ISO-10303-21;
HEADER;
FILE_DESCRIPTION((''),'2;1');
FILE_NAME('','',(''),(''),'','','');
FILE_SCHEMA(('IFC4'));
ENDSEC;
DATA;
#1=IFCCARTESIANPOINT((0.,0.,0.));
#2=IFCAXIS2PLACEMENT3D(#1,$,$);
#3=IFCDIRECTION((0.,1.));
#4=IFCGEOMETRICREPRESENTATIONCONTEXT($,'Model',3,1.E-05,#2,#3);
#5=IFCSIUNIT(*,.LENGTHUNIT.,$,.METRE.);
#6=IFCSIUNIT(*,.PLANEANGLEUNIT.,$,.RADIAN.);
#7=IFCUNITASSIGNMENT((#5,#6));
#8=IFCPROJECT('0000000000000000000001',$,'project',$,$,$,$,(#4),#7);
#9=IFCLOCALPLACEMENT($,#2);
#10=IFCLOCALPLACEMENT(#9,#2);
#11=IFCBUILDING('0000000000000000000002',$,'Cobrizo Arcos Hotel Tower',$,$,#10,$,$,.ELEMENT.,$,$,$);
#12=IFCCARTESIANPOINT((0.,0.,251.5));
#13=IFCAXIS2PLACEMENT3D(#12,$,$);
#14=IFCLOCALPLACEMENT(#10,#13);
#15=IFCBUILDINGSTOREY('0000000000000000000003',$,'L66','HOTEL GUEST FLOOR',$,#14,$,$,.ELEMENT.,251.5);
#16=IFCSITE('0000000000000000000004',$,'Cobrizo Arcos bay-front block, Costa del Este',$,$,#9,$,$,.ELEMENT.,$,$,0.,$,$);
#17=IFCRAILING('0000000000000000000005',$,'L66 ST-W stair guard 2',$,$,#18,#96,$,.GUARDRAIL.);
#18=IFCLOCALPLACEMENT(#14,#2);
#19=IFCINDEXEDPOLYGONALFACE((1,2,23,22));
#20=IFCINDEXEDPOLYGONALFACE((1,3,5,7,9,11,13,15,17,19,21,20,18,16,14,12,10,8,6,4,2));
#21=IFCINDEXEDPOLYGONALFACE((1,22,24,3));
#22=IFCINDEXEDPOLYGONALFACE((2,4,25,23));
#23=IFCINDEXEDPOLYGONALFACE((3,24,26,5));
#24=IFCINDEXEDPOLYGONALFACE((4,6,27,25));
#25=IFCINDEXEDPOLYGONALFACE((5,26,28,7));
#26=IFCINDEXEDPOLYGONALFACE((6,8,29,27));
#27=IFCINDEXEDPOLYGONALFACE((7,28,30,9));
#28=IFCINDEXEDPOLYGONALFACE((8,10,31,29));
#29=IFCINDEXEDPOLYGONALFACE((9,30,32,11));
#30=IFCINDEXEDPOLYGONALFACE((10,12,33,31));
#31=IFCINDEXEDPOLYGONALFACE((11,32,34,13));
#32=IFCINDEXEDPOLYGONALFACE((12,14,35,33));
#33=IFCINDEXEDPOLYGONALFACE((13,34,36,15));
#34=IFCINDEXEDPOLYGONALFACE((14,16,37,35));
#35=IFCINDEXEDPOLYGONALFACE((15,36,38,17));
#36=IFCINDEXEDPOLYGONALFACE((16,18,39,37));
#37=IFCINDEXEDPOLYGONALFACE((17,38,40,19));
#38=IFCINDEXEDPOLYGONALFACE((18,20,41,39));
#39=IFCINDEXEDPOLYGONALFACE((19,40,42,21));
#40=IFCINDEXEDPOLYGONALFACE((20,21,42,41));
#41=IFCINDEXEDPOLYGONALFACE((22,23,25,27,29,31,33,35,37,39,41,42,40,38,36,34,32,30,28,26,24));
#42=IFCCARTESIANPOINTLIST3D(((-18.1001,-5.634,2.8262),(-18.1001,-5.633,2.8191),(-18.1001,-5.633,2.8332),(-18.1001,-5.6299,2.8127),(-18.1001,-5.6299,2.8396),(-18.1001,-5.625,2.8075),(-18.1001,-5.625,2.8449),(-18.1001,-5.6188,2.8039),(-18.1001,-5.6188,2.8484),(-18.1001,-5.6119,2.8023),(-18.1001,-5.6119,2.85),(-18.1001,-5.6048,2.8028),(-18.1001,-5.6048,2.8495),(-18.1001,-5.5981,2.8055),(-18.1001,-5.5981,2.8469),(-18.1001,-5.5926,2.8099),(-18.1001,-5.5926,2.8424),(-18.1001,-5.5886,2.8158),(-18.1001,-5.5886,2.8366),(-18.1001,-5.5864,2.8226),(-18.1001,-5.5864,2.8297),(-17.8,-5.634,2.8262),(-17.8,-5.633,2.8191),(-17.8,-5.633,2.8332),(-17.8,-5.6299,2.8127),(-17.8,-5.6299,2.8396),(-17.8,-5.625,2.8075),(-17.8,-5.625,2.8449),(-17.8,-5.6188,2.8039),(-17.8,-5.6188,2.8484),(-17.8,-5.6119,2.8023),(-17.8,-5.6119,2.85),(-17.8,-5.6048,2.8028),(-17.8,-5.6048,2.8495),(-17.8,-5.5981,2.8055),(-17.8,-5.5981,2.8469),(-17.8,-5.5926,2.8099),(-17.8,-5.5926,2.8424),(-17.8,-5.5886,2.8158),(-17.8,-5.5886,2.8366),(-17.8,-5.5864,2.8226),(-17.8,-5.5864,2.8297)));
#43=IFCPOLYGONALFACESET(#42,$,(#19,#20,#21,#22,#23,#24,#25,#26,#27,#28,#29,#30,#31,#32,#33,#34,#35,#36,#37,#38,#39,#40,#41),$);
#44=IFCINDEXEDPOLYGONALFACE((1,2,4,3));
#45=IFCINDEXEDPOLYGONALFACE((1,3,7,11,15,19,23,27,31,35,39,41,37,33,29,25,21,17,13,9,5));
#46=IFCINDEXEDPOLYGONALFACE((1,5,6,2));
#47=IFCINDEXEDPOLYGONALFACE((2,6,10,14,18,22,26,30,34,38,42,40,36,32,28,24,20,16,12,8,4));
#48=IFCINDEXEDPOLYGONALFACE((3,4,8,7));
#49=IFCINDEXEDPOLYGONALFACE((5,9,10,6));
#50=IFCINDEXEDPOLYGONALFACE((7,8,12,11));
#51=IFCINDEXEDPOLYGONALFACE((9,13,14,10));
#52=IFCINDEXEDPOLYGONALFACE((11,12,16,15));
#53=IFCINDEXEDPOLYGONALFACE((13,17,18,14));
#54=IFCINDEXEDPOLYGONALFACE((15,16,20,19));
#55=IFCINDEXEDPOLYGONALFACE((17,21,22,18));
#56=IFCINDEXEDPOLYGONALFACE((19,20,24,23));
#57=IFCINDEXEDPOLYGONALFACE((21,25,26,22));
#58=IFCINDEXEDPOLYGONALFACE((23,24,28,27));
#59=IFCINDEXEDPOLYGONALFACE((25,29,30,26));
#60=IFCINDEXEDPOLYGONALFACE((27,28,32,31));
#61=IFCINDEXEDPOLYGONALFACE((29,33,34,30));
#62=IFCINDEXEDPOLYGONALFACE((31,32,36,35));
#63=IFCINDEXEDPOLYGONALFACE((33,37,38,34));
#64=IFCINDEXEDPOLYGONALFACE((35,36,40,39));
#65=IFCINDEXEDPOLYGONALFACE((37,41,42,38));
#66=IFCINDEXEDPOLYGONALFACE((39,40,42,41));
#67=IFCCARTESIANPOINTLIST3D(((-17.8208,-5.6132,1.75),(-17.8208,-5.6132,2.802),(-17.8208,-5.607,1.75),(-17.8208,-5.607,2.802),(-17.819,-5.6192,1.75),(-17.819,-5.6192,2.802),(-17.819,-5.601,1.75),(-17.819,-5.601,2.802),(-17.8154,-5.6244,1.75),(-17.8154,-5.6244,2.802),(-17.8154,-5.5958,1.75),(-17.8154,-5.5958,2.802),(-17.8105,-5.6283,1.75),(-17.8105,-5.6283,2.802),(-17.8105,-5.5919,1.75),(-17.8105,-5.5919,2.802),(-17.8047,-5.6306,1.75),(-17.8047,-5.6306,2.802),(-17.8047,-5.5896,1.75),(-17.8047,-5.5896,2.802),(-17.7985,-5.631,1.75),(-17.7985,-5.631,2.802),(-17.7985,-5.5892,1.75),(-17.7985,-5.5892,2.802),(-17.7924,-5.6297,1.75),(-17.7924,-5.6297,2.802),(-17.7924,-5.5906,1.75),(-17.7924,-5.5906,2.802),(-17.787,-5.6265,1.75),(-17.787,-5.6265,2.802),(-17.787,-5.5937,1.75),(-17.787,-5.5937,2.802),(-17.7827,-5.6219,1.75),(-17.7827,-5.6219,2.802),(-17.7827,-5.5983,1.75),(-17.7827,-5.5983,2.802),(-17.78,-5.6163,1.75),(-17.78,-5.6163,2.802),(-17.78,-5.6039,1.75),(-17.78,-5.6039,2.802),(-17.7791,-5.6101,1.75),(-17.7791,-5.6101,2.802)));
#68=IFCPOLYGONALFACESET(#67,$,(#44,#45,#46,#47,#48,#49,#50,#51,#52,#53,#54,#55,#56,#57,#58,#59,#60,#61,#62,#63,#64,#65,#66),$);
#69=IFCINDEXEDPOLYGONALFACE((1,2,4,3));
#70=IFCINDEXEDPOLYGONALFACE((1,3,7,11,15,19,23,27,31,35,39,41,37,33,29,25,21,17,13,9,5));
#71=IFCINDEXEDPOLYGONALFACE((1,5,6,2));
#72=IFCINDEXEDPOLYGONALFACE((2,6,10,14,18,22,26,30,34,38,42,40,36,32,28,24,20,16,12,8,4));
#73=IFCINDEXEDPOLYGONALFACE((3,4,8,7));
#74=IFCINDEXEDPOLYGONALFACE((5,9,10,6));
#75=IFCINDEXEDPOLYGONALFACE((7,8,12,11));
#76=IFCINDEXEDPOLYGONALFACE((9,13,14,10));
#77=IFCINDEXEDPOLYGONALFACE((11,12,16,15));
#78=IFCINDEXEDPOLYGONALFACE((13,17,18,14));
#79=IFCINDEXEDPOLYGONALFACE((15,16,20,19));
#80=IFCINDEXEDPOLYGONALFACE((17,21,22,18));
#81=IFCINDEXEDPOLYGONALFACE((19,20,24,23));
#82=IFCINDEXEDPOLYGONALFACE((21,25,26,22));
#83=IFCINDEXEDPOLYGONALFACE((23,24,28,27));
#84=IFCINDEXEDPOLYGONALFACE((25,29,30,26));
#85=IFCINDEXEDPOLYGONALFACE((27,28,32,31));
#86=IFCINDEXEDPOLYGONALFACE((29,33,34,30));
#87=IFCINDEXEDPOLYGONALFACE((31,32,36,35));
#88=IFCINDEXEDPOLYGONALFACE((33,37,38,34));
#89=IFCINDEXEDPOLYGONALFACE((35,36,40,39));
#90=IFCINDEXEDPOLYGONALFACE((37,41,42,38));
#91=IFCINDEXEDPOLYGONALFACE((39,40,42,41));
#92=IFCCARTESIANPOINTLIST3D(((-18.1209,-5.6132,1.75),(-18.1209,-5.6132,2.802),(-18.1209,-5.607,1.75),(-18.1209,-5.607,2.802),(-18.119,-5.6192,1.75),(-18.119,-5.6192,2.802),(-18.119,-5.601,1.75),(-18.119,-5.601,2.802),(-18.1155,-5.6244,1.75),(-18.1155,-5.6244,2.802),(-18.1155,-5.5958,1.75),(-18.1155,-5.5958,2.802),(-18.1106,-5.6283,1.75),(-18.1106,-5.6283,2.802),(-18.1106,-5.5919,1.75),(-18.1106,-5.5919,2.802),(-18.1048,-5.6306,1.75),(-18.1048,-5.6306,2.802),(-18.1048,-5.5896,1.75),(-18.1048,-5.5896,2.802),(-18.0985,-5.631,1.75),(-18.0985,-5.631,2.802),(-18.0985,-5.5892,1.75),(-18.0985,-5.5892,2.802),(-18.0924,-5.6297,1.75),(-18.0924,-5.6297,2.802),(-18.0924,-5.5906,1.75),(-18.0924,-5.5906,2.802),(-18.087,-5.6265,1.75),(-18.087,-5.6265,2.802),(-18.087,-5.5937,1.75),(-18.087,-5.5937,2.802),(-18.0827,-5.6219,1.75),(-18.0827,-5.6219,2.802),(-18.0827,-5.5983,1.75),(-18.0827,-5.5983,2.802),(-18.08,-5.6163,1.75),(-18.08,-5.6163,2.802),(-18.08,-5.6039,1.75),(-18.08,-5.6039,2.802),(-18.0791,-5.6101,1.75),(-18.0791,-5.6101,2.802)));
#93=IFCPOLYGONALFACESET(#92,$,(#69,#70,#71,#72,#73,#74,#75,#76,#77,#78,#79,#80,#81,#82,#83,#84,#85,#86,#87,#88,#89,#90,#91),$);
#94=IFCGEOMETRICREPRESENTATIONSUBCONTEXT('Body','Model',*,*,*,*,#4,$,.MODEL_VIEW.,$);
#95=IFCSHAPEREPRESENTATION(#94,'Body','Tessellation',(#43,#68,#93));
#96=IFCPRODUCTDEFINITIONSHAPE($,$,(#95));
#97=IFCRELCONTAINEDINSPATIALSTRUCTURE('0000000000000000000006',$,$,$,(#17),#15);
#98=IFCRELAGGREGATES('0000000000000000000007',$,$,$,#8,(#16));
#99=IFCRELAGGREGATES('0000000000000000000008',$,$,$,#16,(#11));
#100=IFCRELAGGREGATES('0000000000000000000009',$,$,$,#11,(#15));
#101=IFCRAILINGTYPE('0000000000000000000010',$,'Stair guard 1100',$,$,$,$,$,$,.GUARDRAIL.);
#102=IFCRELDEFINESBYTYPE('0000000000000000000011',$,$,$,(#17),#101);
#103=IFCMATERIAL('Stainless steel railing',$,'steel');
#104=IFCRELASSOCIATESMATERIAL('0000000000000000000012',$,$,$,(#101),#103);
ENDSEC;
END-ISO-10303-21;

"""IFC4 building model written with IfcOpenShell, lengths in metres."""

from ifc_helpers import new_model, si_unit, direction, frame, origin, origin_2d, place, context, subcontext, project, spatial, circle, extrude, material, type_object, element, save


model = new_model("IFC4")

# Units and contexts
model_context = context("Model", 3, precision=1e-05, world=origin(), true_north=direction((0.0, 1.0)))
body_context = subcontext(model_context, "Body", "Model", "MODEL_VIEW")
ifc_project = project(units=[si_unit("LENGTHUNIT", "METRE"), si_unit("PLANEANGLEUNIT", "RADIAN")], contexts=[model_context])

# Site, building, storey
site_placement = place(None, origin())
site = spatial("IfcSite", under=ifc_project, at=site_placement, Name="Cobrizo Arcos bay-front block, Costa del Este", CompositionType="ELEMENT", RefElevation=0.0)
building_placement = place(site_placement, origin())
building = spatial("IfcBuilding", under=site, at=building_placement, Name="Cobrizo Arcos Hotel Tower", CompositionType="ELEMENT")
storey_placement = place(building_placement, frame((0.0, 0.0, 251.5)))
storey = spatial("IfcBuildingStorey", under=building, at=storey_placement, Name="L66", Description="HOTEL GUEST FLOOR", CompositionType="ELEMENT", Elevation=251.5)

# Railing
ifc_material_1 = material(Name="Stainless steel railing", Category="steel")
railing_type_1 = type_object("IfcRailingType", Name="Stair guard 1100", PredefinedType="GUARDRAIL", material=ifc_material_1)
railing_1_placement = place(storey_placement, frame((-17.8, -5.6101, 1.75)))
element("IfcRailing", 1, at=railing_1_placement, inside=storey, type_object=railing_type_1, Name="L66 ST-W stair guard 2", PredefinedType="GUARDRAIL", context=body_context, shape_type="SweptSolid", body=[
    extrude(circle(Radius=0.0239, at=origin_2d()), frame((0.0, 0.0, 1.0762), z_axis=(-1.0, 0.0, 0.0), x_axis=(0.0, -1.0, 0.0)), (0.0, 0.0, 1.0), 0.3),
    extrude(circle(Radius=0.021, at=origin_2d()), origin(), (0.0, 0.0, 1.0), 1.052),
    extrude(circle(Radius=0.021, at=origin_2d()), frame((-0.3, 0.0, 0.0)), (0.0, 0.0, 1.0), 1.052),
])

save(model, "model.ifc")
